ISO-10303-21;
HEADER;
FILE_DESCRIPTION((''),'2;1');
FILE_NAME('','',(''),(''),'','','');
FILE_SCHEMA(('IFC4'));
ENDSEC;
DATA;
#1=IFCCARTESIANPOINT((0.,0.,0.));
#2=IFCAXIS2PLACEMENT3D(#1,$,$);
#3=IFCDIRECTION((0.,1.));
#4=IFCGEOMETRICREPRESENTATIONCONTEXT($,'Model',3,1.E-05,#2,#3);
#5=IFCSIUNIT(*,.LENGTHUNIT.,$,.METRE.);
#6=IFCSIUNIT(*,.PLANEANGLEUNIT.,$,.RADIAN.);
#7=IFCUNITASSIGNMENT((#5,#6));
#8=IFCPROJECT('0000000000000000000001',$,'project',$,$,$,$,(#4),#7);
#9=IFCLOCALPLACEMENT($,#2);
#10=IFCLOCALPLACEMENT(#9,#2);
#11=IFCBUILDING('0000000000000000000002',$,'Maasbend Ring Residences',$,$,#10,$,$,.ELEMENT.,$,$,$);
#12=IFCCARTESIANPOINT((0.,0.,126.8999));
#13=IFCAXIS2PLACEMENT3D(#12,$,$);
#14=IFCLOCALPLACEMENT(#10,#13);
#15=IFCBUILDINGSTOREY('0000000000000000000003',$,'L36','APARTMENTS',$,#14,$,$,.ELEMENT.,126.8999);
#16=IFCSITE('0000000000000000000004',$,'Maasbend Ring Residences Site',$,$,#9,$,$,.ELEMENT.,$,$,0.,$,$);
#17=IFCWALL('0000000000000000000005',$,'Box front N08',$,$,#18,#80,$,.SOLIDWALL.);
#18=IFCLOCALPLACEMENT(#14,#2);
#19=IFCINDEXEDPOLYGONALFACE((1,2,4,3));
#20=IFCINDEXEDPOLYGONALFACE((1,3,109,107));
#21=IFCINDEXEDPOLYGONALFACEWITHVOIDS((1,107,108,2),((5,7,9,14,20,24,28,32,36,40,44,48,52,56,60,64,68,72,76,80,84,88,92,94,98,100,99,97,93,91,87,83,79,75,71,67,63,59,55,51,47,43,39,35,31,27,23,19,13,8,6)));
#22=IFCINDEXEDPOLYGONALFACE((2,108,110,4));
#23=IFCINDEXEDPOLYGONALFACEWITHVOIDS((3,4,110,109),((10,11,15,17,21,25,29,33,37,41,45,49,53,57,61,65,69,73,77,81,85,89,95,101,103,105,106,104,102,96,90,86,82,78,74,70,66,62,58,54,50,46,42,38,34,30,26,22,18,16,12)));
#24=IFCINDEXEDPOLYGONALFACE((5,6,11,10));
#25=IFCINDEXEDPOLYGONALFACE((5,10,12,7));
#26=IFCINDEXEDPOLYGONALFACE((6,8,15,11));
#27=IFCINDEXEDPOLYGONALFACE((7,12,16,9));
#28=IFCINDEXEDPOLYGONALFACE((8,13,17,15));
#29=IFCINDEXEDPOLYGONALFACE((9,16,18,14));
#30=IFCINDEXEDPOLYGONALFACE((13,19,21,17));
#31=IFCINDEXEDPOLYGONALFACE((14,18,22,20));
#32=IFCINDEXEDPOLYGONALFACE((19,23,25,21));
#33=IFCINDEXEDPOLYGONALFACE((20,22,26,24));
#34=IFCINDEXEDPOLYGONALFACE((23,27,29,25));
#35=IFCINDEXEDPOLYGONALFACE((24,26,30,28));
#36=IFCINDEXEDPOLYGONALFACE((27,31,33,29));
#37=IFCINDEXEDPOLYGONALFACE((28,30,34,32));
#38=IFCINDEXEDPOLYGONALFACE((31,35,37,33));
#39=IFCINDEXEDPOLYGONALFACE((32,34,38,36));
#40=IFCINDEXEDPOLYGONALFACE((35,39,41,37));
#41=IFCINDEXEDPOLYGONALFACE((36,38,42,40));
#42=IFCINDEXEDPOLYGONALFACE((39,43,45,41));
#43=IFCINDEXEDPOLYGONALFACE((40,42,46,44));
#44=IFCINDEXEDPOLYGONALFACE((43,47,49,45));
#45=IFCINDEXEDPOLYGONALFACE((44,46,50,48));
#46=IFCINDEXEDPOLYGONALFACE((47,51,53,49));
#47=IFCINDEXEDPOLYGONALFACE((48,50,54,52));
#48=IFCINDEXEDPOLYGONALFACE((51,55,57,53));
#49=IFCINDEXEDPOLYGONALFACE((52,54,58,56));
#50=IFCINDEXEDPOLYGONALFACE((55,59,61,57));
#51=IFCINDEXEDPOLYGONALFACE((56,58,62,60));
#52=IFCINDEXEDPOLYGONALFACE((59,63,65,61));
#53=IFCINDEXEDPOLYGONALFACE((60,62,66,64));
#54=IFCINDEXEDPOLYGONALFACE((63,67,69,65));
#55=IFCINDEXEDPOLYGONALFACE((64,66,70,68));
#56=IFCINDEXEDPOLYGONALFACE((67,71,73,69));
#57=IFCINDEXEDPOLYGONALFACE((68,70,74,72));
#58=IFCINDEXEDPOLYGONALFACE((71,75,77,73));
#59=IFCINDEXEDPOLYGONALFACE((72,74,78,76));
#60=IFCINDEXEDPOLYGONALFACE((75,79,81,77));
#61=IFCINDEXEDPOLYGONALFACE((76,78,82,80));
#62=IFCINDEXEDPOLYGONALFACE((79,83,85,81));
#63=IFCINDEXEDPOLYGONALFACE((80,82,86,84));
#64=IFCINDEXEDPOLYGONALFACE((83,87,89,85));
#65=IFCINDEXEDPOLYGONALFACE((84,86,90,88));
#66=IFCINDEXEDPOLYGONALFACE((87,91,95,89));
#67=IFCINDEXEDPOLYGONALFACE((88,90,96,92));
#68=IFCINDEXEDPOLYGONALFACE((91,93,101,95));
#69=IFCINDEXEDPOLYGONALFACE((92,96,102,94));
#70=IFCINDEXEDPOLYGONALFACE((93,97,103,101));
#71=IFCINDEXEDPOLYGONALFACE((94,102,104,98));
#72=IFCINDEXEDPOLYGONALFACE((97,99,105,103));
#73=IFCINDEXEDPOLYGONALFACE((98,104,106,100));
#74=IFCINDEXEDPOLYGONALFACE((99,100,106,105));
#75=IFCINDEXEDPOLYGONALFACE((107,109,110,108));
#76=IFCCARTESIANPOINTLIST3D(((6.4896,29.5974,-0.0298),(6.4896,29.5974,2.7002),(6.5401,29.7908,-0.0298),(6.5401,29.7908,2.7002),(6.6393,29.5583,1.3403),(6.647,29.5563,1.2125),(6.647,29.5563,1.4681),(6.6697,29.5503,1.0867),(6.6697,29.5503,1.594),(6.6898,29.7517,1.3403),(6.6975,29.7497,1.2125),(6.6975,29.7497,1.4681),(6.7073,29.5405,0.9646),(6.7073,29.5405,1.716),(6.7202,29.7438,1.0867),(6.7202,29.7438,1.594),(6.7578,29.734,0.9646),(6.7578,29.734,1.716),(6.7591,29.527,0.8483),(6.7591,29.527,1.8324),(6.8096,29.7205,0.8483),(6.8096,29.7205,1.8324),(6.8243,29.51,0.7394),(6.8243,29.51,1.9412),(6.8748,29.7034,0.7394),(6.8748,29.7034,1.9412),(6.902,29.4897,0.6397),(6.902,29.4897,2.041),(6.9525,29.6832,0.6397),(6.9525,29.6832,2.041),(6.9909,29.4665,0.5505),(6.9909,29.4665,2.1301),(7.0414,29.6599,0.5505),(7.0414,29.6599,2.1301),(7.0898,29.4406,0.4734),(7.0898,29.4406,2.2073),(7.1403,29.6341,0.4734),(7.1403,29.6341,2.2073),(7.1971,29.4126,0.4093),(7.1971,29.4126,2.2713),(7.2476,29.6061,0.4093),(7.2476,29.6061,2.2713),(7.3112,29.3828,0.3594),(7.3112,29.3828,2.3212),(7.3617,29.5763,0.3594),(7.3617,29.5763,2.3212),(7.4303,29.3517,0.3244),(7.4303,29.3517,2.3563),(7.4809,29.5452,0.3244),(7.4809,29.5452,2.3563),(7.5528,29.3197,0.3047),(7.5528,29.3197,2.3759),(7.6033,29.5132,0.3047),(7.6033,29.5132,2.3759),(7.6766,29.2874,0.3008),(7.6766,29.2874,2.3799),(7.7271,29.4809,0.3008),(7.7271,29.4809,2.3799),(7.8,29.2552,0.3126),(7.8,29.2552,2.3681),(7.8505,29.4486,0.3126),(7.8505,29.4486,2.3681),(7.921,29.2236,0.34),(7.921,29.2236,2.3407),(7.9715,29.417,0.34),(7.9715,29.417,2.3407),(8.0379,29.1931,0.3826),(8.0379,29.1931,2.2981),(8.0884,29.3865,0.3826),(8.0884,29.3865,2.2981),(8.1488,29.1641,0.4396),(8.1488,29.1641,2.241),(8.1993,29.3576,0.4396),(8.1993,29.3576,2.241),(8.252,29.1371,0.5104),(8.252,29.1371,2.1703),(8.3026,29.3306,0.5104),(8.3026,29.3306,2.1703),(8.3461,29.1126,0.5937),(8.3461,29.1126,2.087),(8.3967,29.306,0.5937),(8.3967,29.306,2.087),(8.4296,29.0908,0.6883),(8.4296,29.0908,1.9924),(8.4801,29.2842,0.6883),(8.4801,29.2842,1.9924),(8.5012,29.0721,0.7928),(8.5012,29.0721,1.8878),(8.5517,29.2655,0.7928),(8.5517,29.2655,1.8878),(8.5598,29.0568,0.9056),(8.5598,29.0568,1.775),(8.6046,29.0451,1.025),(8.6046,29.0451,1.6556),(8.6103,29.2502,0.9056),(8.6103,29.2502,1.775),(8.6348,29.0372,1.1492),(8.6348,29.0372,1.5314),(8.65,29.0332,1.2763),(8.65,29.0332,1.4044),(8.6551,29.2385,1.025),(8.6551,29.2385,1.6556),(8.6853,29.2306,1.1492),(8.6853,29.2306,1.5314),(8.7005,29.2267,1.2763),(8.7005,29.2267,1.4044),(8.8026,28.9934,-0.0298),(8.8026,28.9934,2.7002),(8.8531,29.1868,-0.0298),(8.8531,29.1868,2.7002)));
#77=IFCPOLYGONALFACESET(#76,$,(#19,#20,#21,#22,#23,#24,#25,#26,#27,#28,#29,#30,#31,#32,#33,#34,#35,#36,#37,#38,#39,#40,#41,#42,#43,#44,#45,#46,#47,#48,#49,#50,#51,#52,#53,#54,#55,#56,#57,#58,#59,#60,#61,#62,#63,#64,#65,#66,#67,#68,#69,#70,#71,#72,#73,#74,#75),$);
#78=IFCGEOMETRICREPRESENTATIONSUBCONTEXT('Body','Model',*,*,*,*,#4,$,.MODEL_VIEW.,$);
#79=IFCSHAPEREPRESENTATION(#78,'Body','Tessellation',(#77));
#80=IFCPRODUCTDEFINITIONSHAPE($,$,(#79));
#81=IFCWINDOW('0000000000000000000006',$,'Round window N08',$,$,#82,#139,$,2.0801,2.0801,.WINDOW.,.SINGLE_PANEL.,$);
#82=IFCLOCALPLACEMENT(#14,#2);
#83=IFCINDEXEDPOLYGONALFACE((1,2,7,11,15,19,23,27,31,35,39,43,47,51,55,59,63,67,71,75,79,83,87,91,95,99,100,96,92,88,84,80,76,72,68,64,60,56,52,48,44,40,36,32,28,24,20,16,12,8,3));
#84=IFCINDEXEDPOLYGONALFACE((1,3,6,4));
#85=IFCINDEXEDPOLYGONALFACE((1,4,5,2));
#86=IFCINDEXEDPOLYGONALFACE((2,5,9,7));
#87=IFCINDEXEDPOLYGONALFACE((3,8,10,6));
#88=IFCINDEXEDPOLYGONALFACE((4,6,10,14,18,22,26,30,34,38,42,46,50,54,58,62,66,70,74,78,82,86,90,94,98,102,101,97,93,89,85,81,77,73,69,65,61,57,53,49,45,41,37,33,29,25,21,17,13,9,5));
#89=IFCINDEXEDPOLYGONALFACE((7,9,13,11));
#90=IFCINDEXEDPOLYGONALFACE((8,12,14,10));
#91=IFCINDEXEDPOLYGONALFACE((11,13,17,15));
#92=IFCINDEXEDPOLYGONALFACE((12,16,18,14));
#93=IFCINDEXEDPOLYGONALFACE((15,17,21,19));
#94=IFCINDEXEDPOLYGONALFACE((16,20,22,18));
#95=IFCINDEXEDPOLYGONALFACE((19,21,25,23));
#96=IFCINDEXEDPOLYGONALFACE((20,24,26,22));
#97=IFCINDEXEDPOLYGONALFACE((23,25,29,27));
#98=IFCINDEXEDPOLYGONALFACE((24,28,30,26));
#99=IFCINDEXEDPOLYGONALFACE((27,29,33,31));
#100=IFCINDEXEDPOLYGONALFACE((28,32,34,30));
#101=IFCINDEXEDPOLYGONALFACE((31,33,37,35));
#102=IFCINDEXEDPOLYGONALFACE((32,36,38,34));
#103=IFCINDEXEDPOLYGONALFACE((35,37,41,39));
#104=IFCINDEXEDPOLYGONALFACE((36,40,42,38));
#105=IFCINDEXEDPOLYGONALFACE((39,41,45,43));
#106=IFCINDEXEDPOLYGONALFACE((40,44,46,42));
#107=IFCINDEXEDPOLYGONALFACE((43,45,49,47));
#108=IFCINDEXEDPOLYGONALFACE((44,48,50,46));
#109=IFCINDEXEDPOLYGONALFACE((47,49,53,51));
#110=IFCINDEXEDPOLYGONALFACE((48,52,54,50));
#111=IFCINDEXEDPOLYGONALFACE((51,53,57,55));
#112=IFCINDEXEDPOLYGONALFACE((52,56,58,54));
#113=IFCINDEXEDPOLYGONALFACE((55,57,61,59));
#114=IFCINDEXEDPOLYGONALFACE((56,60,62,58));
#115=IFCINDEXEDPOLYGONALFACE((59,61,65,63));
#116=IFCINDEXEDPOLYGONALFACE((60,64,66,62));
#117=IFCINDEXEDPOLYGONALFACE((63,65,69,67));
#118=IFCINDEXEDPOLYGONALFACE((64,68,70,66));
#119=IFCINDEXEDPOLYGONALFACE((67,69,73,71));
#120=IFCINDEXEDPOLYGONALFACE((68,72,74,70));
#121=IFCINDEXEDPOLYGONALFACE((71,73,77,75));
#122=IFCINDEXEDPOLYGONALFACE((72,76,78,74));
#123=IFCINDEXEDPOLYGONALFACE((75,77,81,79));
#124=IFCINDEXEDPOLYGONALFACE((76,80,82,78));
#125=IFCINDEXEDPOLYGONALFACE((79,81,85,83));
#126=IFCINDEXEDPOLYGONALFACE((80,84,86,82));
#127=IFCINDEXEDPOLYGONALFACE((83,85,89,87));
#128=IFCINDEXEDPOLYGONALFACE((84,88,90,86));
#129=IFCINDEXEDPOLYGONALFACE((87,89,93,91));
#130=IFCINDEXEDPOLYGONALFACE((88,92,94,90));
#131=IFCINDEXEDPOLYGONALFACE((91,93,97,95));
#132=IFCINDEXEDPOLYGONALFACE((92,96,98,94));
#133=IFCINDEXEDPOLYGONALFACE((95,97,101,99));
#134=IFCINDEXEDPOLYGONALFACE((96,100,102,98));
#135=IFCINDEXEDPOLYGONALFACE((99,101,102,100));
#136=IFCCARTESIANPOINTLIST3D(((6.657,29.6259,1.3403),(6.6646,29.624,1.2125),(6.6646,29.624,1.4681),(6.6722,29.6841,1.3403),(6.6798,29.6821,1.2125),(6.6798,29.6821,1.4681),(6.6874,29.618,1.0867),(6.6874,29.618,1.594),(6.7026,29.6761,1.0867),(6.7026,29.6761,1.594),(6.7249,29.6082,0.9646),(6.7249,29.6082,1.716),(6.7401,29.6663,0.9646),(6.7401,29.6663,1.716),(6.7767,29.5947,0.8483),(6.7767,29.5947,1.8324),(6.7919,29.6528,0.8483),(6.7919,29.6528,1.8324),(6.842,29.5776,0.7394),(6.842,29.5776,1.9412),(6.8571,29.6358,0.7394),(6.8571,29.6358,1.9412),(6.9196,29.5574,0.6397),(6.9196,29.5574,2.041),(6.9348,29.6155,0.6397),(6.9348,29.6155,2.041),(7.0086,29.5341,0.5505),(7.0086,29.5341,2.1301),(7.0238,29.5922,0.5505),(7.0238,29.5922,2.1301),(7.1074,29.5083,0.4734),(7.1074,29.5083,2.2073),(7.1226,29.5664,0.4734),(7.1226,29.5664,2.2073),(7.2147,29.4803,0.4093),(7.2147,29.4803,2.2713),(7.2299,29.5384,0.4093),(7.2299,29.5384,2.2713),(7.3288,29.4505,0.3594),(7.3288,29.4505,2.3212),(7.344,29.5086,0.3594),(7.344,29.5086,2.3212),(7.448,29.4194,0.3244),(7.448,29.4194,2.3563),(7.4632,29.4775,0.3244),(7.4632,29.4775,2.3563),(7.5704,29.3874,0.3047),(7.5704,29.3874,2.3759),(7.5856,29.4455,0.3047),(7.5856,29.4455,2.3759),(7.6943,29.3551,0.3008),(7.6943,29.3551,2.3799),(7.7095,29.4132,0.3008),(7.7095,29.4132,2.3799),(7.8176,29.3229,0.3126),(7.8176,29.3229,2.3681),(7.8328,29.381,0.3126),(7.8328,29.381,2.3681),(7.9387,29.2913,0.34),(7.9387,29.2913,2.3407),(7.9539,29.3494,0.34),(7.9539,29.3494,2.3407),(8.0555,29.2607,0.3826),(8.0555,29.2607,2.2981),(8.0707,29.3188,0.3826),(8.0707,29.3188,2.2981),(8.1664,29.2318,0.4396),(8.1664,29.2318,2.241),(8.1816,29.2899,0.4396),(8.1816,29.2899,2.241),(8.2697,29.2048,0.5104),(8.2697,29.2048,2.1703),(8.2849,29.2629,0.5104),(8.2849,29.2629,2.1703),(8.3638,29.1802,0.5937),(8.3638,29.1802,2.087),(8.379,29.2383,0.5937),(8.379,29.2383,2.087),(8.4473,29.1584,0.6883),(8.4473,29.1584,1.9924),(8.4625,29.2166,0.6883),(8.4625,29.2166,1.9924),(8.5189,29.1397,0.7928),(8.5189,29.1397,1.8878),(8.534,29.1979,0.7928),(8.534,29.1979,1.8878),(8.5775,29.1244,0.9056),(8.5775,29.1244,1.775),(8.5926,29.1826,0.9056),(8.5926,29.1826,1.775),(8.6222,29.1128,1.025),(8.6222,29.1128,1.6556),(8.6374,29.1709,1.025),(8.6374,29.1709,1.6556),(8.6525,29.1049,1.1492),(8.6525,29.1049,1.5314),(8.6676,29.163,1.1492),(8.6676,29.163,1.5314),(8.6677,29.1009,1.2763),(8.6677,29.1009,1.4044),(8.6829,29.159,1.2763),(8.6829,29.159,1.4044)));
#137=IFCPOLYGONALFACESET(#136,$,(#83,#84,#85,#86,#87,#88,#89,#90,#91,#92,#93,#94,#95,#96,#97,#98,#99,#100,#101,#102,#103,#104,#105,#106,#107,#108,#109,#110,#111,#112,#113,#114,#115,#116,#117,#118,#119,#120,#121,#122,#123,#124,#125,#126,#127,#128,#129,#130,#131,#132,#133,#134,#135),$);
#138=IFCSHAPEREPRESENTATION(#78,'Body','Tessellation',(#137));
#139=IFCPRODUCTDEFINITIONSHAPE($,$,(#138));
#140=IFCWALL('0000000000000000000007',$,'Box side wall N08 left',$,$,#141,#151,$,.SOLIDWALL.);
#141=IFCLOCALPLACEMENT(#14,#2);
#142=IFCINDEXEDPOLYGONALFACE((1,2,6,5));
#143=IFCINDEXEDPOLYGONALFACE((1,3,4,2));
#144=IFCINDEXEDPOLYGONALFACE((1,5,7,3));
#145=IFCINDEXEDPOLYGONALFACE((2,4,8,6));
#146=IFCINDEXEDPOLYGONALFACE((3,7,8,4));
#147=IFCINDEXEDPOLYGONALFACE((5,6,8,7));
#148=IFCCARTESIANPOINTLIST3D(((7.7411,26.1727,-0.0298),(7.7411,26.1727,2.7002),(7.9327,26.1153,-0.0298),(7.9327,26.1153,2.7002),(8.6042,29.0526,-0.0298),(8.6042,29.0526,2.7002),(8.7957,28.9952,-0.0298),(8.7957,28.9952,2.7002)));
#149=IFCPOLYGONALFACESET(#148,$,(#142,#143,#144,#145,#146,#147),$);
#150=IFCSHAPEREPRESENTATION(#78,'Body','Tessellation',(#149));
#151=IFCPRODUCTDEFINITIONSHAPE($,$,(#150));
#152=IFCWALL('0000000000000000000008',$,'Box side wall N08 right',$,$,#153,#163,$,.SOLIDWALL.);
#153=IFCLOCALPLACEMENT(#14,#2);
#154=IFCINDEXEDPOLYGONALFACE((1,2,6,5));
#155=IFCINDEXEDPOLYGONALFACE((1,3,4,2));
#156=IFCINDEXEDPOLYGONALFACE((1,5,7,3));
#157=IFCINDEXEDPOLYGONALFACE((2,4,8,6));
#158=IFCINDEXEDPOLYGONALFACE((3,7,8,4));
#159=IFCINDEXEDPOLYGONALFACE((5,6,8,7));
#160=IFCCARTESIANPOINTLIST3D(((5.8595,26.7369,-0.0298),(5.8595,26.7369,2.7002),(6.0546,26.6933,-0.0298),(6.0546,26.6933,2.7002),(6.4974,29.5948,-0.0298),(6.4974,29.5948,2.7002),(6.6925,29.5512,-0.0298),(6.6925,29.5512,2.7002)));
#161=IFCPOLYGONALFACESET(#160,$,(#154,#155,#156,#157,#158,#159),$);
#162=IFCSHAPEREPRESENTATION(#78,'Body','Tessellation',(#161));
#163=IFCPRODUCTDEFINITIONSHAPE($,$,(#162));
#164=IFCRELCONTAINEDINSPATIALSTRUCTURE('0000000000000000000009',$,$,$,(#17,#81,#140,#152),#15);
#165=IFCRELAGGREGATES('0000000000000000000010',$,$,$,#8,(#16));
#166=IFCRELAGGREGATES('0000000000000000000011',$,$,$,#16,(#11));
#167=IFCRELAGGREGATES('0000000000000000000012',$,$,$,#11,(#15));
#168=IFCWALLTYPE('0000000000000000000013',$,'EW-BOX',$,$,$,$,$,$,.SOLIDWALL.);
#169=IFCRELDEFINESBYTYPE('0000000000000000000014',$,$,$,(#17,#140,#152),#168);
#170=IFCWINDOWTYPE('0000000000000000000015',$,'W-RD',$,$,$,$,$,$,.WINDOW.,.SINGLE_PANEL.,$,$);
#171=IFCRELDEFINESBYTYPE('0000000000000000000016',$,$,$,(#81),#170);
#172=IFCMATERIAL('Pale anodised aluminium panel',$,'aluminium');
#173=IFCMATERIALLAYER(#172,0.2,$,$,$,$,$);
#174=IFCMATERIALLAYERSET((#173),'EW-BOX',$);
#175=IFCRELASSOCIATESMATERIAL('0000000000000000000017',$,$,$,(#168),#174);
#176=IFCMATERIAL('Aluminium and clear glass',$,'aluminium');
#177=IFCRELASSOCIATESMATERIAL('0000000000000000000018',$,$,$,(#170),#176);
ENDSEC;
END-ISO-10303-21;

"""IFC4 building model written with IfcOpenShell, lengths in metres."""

from ifc_helpers import new_model, si_unit, direction, frame, frame_2d, origin, place, context, subcontext, project, spatial, rectangle, circle, extrude, material, layer, layer_set, type_object, element, fill, save


model = new_model("IFC4")

# Units and contexts
model_context = context("Model", 3, precision=1e-05, world=origin(), true_north=direction((0.0, 1.0)))
body_context = subcontext(model_context, "Body", "Model", "MODEL_VIEW")
ifc_project = project(units=[si_unit("LENGTHUNIT", "METRE"), si_unit("PLANEANGLEUNIT", "RADIAN")], contexts=[model_context])

# Site, building, storey
site_placement = place(None, origin())
site = spatial("IfcSite", under=ifc_project, at=site_placement, Name="Maasbend Ring Residences Site", CompositionType="ELEMENT", RefElevation=0.0)
building_placement = place(site_placement, origin())
building = spatial("IfcBuilding", under=site, at=building_placement, Name="Maasbend Ring Residences", CompositionType="ELEMENT")
storey_placement = place(building_placement, frame((0.0, 0.0, 126.8999)))
storey = spatial("IfcBuildingStorey", under=building, at=storey_placement, Name="L36", Description="APARTMENTS", CompositionType="ELEMENT", Elevation=126.8999)

# Wall, opening, window
ifc_material_1 = material(Name="Pale anodised aluminium panel", Category="aluminium")
ifc_layer_1 = layer(ifc_material_1, 0.2)
ifc_layer_set_1 = layer_set([ifc_layer_1], Name="EW-BOX")
wall_type_1 = type_object("IfcWallType", Name="EW-BOX", PredefinedType="SOLIDWALL", material=ifc_layer_set_1)
wall_1_placement = place(storey_placement, frame((8.8279, 29.0901, -0.0298), z_axis=(0.0, 0.0, 1.0), x_axis=(-0.967554, 0.252663, 0.0)))
wall_1 = element("IfcWall", 1, at=wall_1_placement, inside=storey, type_object=wall_type_1, Name="Box front N08", PredefinedType="SOLIDWALL", context=body_context, shape_type="SweptSolid", body=[
    extrude(rectangle(XDim=2.3906, YDim=0.2, at=frame_2d((1.1953, 0.0))), origin(), (0.0, 0.0, 1.0), 2.73),
])
opening_1_placement = place(wall_1_placement, frame((0.1558, 0.0, 0.3301)))
opening_1 = element("IfcOpeningElement", 2, at=opening_1_placement, cuts=wall_1, PredefinedType="OPENING", context=body_context, shape_type="SweptSolid", body=[
    extrude(circle(Radius=1.04, at=frame_2d((1.04, 1.04))), frame((0.0, 0.1099, 0.0), z_axis=(0.0, -1.0, 0.0), x_axis=(1.0, 0.0, 0.0)), (0.0, 0.0, 1.0), 0.22),
])
ifc_material_2 = material(Name="Aluminium and clear glass", Category="aluminium")
window_type_1 = type_object("IfcWindowType", Name="W-RD", PartitioningType="SINGLE_PANEL", PredefinedType="WINDOW", material=ifc_material_2)
window_1_placement = place(opening_1_placement, origin())
window_1 = element("IfcWindow", 3, at=window_1_placement, inside=storey, type_object=window_type_1, Name="Round window N08", OverallHeight=2.0801, OverallWidth=2.0801, PartitioningType="SINGLE_PANEL", PredefinedType="WINDOW", context=body_context, shape_type="SweptSolid", body=[
    extrude(circle(Radius=1.04, at=frame_2d((1.04, 1.04))), frame((0.0, 0.03, 0.0), z_axis=(0.0, -1.0, 0.0), x_axis=(1.0, 0.0, 0.0)), (0.0, 0.0, 1.0), 0.0601),
])
fill(opening_1, window_1)

# Walls
wall_2_placement = place(storey_placement, frame((7.8369, 26.144, -0.0298), z_axis=(0.0, 0.0, 1.0), x_axis=(0.287065, 0.957911, 0.0)))
element("IfcWall", 4, at=wall_2_placement, inside=storey, type_object=wall_type_1, Name="Box side wall N08 left", PredefinedType="SOLIDWALL", context=body_context, shape_type="SweptSolid", body=[
    extrude(rectangle(XDim=3.0063, YDim=0.2, at=frame_2d((1.5032, 0.0))), origin(), (0.0, 0.0, 1.0), 2.73),
])
wall_3_placement = place(storey_placement, frame((5.957, 26.7151, -0.0298), z_axis=(0.0, 0.0, 1.0), x_axis=(0.217857, 0.975981, 0.0)))
element("IfcWall", 5, at=wall_3_placement, inside=storey, type_object=wall_type_1, Name="Box side wall N08 right", PredefinedType="SOLIDWALL", context=body_context, shape_type="SweptSolid", body=[
    extrude(rectangle(XDim=2.9282, YDim=0.2, at=frame_2d((1.4641, 0.0))), origin(), (0.0, 0.0, 1.0), 2.73),
])

save(model, "model.ifc")
